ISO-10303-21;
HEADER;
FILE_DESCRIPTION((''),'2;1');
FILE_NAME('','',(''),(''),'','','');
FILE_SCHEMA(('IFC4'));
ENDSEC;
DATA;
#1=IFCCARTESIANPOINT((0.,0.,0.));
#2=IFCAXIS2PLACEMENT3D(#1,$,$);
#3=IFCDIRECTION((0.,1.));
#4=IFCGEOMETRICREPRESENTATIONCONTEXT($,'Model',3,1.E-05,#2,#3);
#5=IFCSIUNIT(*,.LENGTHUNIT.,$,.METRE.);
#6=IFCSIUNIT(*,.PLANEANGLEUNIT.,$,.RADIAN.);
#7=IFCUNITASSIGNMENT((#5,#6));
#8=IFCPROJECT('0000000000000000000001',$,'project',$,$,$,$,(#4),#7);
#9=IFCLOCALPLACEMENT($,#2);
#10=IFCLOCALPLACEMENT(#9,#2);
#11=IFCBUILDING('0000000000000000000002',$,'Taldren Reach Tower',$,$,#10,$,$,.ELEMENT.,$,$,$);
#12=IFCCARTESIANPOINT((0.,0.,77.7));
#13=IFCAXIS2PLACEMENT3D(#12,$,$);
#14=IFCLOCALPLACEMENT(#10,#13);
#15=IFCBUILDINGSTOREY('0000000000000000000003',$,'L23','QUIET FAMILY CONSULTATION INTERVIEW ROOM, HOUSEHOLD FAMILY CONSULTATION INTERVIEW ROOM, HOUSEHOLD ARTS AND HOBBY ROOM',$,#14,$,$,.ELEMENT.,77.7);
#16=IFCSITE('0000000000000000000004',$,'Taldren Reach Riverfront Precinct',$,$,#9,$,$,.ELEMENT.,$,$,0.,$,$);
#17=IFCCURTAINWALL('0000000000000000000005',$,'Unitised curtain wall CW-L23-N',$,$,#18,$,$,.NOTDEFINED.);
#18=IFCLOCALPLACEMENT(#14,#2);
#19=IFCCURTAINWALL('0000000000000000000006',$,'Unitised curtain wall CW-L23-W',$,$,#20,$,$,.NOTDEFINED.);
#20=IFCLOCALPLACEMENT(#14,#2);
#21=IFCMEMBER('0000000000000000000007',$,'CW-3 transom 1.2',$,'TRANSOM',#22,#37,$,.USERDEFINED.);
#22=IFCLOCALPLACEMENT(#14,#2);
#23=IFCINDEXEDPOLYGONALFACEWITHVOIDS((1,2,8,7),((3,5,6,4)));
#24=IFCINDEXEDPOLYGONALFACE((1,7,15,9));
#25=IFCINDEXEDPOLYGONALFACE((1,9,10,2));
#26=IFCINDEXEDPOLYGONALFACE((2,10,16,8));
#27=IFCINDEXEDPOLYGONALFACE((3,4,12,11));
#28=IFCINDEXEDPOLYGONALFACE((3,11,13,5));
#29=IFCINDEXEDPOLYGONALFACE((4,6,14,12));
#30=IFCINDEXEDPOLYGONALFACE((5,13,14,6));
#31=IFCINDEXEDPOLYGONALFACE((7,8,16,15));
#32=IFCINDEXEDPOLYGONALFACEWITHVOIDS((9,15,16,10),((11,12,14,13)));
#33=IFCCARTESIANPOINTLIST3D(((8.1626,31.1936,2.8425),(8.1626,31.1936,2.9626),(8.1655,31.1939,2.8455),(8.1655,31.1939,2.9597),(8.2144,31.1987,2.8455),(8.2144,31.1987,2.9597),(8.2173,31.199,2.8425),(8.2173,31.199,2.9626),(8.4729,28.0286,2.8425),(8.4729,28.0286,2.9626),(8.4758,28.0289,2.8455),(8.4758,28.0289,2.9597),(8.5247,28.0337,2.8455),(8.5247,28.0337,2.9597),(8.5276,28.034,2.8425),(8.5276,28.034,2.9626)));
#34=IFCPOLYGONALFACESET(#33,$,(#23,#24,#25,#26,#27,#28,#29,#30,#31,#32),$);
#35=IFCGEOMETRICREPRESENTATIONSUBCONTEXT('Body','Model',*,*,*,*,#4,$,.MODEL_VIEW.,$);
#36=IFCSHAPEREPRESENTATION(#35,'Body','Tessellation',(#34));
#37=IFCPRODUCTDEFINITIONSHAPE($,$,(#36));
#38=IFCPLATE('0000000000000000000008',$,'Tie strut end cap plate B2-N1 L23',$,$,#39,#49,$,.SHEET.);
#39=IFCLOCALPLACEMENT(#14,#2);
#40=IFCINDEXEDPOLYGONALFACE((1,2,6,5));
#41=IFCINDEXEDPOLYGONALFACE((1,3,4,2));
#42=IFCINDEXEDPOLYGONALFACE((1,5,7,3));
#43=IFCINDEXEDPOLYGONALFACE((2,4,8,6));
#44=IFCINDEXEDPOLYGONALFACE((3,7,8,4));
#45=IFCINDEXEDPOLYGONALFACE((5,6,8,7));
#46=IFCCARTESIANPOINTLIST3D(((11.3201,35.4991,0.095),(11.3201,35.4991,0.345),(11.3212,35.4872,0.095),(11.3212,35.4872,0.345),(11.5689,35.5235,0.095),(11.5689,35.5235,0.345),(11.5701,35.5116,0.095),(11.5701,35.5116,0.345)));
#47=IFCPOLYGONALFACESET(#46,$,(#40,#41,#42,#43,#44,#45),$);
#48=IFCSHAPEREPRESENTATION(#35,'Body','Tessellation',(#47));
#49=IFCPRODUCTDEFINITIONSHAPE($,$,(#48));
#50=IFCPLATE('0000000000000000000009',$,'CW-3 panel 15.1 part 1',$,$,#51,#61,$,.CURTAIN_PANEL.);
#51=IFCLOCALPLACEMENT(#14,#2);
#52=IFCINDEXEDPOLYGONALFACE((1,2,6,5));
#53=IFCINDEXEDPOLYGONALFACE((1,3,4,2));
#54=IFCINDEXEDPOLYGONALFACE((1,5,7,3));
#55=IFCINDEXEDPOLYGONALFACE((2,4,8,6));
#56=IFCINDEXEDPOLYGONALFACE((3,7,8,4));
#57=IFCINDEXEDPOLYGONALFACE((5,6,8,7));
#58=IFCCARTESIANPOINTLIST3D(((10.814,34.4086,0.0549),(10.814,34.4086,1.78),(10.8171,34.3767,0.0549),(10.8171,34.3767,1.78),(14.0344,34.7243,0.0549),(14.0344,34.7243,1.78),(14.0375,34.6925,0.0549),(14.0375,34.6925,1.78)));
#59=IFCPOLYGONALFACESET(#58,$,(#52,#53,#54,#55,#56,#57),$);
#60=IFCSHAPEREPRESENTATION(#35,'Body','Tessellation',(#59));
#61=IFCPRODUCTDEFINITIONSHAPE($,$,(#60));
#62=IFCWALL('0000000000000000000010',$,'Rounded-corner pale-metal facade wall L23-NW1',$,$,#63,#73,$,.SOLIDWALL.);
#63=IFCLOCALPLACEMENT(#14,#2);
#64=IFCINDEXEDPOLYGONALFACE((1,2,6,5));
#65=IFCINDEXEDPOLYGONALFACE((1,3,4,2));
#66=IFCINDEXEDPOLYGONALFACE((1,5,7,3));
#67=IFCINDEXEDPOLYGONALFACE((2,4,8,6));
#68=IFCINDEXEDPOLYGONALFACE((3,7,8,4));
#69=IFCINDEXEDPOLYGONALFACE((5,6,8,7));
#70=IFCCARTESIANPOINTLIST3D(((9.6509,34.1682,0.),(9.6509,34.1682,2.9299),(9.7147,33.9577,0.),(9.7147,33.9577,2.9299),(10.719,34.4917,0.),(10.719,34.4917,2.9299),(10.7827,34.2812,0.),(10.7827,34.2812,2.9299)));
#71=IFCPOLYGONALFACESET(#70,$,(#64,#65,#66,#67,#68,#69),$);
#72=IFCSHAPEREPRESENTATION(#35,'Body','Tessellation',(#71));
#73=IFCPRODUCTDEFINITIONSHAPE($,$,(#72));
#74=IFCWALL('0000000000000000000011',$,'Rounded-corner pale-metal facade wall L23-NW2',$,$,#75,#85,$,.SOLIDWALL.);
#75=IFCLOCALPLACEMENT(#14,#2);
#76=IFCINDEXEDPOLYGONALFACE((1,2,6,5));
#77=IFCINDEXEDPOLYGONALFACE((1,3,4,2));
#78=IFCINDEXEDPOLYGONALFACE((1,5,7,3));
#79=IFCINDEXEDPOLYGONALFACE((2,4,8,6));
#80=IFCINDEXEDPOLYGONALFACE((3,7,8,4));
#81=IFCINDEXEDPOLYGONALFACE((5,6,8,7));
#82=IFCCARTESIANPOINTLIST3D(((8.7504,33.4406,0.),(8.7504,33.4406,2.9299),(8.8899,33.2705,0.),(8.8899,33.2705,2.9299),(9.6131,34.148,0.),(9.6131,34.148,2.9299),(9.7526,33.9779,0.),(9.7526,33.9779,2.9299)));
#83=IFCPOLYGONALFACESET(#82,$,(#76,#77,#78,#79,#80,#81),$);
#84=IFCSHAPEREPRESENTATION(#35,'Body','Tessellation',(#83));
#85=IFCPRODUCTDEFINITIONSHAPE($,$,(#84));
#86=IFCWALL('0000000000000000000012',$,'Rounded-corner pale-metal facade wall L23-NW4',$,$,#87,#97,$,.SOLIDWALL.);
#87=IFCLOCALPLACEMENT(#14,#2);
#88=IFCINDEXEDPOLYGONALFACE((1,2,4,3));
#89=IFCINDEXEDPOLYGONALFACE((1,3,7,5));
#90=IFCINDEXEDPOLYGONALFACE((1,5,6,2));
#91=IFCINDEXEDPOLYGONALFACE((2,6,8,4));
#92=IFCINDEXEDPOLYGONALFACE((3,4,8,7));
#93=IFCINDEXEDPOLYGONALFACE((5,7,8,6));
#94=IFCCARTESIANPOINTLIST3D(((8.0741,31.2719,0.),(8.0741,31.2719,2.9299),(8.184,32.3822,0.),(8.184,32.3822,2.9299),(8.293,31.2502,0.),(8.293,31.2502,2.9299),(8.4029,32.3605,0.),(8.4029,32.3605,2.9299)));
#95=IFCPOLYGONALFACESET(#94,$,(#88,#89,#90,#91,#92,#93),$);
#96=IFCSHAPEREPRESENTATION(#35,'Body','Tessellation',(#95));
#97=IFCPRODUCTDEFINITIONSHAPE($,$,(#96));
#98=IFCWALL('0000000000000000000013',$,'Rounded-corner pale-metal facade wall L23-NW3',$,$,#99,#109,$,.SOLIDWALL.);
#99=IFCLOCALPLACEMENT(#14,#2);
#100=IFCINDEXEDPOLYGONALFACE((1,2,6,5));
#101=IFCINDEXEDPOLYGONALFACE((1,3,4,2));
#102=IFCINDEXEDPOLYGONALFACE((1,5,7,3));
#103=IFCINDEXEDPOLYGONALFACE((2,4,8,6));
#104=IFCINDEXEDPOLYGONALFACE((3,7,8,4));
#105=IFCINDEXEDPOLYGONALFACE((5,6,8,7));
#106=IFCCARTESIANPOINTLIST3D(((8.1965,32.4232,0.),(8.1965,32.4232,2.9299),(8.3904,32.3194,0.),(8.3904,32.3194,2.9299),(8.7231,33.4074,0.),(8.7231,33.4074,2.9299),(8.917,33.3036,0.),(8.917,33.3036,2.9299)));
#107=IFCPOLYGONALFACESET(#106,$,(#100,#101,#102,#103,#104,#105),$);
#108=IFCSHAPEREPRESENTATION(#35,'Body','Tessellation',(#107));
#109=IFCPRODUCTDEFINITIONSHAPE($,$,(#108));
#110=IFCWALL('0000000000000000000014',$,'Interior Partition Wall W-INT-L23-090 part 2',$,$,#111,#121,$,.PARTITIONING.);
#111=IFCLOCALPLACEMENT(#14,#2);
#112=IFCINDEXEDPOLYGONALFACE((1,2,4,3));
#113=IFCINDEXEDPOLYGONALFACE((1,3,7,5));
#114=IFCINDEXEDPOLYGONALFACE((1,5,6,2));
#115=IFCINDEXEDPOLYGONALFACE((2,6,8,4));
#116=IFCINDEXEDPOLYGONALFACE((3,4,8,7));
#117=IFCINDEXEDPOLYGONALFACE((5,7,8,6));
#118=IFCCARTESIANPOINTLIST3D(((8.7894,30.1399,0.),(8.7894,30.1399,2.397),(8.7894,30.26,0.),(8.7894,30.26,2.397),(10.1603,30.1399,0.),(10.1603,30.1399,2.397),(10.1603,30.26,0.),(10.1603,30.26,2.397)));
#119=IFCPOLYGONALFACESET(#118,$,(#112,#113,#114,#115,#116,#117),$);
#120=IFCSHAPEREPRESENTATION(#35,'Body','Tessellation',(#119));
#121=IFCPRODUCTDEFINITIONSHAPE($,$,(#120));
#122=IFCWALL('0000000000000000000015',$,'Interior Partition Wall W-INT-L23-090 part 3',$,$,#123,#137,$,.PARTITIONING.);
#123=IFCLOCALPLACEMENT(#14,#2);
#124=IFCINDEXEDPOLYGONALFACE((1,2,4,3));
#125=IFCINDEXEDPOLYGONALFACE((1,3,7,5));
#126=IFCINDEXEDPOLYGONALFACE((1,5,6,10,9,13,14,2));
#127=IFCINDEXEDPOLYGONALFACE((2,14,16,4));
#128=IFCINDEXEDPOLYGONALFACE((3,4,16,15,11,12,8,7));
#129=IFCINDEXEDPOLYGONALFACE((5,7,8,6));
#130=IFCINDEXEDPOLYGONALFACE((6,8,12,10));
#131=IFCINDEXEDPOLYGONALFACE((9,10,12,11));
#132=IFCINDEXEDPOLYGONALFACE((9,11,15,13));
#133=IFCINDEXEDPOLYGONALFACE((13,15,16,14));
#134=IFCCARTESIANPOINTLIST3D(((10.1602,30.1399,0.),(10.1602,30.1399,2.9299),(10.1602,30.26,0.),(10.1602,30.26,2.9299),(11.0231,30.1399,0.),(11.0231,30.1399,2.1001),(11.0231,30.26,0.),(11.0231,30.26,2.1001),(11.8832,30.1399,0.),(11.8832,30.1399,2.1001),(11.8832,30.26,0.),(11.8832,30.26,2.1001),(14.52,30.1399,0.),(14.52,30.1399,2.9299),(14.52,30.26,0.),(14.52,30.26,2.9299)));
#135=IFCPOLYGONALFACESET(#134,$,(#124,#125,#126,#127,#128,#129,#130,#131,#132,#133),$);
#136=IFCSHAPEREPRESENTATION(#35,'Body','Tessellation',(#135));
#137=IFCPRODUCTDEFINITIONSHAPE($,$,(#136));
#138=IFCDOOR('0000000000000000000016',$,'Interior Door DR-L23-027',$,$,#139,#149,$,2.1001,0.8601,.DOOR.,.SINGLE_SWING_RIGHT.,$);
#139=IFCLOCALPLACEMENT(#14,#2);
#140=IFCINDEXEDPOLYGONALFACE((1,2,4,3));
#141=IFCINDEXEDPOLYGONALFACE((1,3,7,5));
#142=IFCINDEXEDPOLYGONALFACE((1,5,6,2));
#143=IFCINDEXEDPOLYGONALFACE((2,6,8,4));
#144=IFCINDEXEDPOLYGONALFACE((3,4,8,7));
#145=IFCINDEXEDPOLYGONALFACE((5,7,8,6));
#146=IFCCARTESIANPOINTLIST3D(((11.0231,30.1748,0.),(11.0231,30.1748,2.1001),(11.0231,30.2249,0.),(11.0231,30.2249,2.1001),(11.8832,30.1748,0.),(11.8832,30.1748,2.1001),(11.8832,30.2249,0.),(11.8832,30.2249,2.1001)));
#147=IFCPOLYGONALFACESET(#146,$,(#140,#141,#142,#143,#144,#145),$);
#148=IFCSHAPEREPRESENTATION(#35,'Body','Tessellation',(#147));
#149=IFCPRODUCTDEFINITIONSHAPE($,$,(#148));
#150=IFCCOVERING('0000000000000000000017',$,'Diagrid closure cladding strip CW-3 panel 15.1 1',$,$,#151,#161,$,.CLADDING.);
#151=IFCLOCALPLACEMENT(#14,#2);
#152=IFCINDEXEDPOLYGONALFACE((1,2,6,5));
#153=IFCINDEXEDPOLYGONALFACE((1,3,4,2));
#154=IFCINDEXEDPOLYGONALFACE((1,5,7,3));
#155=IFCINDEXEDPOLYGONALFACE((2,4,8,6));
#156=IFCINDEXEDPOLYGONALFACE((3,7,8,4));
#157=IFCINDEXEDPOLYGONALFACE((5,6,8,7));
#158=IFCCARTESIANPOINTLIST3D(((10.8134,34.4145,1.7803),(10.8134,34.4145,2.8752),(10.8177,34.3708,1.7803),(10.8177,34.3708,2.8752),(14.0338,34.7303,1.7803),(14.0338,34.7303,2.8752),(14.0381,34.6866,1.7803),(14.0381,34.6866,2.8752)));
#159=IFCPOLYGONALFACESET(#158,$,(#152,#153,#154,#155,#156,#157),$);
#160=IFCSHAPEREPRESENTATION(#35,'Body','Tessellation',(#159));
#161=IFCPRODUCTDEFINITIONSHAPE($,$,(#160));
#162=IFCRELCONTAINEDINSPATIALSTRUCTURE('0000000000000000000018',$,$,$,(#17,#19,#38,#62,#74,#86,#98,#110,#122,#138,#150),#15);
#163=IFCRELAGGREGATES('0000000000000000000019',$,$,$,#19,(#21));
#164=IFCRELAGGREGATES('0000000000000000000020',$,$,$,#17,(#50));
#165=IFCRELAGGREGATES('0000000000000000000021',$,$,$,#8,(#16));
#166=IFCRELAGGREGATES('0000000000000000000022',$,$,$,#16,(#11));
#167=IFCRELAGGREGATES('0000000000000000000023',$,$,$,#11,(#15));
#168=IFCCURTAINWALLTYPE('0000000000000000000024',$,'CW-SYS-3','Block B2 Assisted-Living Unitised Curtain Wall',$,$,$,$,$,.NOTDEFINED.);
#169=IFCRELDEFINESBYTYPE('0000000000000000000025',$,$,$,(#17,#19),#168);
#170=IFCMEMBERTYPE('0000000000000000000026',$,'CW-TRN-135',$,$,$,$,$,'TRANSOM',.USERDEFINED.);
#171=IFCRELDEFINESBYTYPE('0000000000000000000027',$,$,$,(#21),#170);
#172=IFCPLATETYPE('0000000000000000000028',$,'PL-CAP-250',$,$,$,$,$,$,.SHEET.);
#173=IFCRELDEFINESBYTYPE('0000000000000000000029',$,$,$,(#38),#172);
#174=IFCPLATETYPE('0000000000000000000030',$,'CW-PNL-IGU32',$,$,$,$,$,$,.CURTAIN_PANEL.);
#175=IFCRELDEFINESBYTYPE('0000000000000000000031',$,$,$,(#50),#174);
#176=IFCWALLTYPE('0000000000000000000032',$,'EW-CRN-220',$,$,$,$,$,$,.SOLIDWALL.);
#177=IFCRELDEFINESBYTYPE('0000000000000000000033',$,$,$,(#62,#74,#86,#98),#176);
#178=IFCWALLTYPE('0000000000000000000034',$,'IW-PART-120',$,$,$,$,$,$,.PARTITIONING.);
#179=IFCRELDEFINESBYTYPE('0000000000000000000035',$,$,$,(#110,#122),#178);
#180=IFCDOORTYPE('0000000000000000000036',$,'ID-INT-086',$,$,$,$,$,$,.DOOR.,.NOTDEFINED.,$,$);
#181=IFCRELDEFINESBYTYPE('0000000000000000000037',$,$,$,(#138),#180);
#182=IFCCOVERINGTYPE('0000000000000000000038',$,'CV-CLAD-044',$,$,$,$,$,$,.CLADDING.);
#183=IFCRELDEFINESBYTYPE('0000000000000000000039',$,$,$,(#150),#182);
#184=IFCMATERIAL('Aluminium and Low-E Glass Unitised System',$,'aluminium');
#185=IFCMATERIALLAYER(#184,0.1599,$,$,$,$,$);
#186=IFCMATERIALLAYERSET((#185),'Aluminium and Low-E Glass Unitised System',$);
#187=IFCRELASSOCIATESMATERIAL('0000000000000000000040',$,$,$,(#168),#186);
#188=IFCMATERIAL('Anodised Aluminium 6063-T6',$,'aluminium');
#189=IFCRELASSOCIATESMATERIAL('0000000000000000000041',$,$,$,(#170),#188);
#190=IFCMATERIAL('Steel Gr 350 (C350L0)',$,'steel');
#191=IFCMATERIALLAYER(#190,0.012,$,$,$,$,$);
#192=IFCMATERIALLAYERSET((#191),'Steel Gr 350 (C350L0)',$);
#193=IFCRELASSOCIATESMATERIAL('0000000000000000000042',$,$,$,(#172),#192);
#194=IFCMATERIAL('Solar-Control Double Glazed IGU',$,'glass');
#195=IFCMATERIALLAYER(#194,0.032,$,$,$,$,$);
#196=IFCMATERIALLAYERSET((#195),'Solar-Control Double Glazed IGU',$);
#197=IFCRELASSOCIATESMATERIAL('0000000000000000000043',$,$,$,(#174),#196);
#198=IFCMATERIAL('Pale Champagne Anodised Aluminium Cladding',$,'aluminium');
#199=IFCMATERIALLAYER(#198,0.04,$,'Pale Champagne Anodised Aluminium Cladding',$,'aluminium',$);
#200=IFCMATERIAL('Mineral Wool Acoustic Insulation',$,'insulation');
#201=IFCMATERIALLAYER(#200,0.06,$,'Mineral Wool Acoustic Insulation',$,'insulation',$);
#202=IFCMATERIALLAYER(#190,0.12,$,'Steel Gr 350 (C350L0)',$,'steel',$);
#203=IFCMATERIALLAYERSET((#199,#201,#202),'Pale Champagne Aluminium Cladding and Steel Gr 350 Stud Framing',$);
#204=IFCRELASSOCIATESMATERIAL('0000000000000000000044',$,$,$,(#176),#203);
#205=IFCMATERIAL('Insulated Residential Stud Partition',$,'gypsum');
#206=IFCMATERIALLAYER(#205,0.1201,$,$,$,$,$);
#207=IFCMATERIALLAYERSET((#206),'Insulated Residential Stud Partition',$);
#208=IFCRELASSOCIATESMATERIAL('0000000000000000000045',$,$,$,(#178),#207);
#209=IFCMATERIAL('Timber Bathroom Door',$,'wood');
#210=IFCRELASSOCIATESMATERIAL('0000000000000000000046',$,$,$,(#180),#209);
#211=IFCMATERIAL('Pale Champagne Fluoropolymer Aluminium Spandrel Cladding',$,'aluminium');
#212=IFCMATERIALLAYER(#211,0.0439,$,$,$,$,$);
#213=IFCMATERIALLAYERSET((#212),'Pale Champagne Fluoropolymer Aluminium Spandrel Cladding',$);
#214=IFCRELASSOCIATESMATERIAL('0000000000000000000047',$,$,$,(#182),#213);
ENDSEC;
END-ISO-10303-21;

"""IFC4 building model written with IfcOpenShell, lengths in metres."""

from ifc_helpers import new_model, si_unit, direction, frame, frame_2d, origin, origin_2d, place, context, subcontext, project, spatial, rectangle, hollow_rectangle, extrude, source, transform, mapped, material, layer, layer_set, material_profile, profile_set, type_object, element, fill, aggregate, save


model = new_model("IFC4")

# Units and contexts
model_context = context("Model", 3, precision=1e-05, world=origin(), true_north=direction((0.0, 1.0)))
body_context = subcontext(model_context, "Body", "Model", "MODEL_VIEW")
ifc_project = project(units=[si_unit("LENGTHUNIT", "METRE"), si_unit("PLANEANGLEUNIT", "RADIAN")], contexts=[model_context])

# Site, building, storey
site_placement = place(None, origin())
site = spatial("IfcSite", under=ifc_project, at=site_placement, Name="Taldren Reach Riverfront Precinct", CompositionType="ELEMENT", RefElevation=0.0)
building_placement = place(site_placement, origin())
building = spatial("IfcBuilding", under=site, at=building_placement, Name="Taldren Reach Tower", CompositionType="ELEMENT")
storey_placement = place(building_placement, frame((0.0, 0.0, 77.7)))
storey = spatial("IfcBuildingStorey", under=building, at=storey_placement, Name="L23", Description="QUIET FAMILY CONSULTATION INTERVIEW ROOM, HOUSEHOLD FAMILY CONSULTATION INTERVIEW ROOM, HOUSEHOLD ARTS AND HOBBY ROOM", CompositionType="ELEMENT", Elevation=77.7)

# Shared definitions
ifc_material_1 = material(Name="Steel Gr 350 (C350L0)", Category="steel")

# Curtain wall
ifc_material_2 = material(Name="Aluminium and Low-E Glass Unitised System", Category="aluminium")
ifc_layer_1 = layer(ifc_material_2, 0.1599)
ifc_layer_set_1 = layer_set([ifc_layer_1], Name="Aluminium and Low-E Glass Unitised System")
curtain_wall_type = type_object("IfcCurtainWallType", Name="CW-SYS-3", Description="Block B2 Assisted-Living Unitised Curtain Wall", PredefinedType="NOTDEFINED", material=ifc_layer_set_1)
curtain_wall_1_placement = place(storey_placement, origin())
curtain_wall_1 = element("IfcCurtainWall", 1, at=curtain_wall_1_placement, inside=storey, type_object=curtain_wall_type, Name="Unitised curtain wall CW-L23-N", PredefinedType="NOTDEFINED")
ifc_material_3 = material(Name="Anodised Aluminium 6063-T6", Category="aluminium")

# Curtain wall, member
curtain_wall_2_placement = place(storey_placement, origin())
curtain_wall_2 = element("IfcCurtainWall", 2, at=curtain_wall_2_placement, inside=storey, type_object=curtain_wall_type, Name="Unitised curtain wall CW-L23-W", PredefinedType="NOTDEFINED")
ifc_material_profile_1 = material_profile(ifc_material_3, hollow_rectangle(XDim=0.0549, YDim=0.1201, WallThickness=0.0029, at=origin_2d()), Name="ALU-120x55x3RHS")
ifc_profile_set_1 = profile_set([ifc_material_profile_1], Name="Anodised Aluminium 6063-T6")
member_type_1 = type_object("IfcMemberType", Name="CW-TRN-135", ElementType="TRANSOM", PredefinedType="USERDEFINED", material=ifc_profile_set_1)
shared_shape_1 = source(origin(), body_context, "Body", "SweptSolid", [
    extrude(hollow_rectangle(XDim=0.0549, YDim=0.1201, WallThickness=0.0029, at=origin_2d()), origin(), (0.0, 0.0, 1.0), 3.1802),
])
member_1_placement = place(storey_placement, frame((8.1899, 31.1963, 2.9026), z_axis=(0.097573, -0.995228, 0.0), x_axis=(0.995228, 0.097573, 0.0)))
member_1 = element("IfcMember", 3, at=member_1_placement, type_object=member_type_1, Name="CW-3 transom 1.2", ObjectType="TRANSOM", PredefinedType="USERDEFINED", context=body_context, shape_type="MappedRepresentation", body=[
    mapped(shared_shape_1, transform((0.0, 0.0, 0.0), scale=1.0)),
])
aggregate(curtain_wall_2, [member_1])

# Plates
ifc_layer_2 = layer(ifc_material_1, 0.012)
ifc_layer_set_2 = layer_set([ifc_layer_2], Name="Steel Gr 350 (C350L0)")
plate_type_1 = type_object("IfcPlateType", Name="PL-CAP-250", PredefinedType="SHEET", material=ifc_layer_set_2)
shared_shape_2 = source(origin(), body_context, "Body", "SweptSolid", [
    extrude(rectangle(XDim=0.25, YDim=0.012, at=origin_2d()), origin(), (0.0, 0.0, 1.0), 0.25),
])
plate_1_placement = place(storey_placement, frame((11.4451, 35.5054, 0.095), z_axis=(0.0, 0.0, 1.0), x_axis=(0.995227, 0.097583, 0.0)))
element("IfcPlate", 4, at=plate_1_placement, inside=storey, type_object=plate_type_1, Name="Tie strut end cap plate B2-N1 L23", PredefinedType="SHEET", context=body_context, shape_type="MappedRepresentation", body=[
    mapped(shared_shape_2, transform((0.0, 0.0, 0.0), scale=1.0)),
])
ifc_material_4 = material(Name="Solar-Control Double Glazed IGU", Category="glass")
ifc_layer_3 = layer(ifc_material_4, 0.032)
ifc_layer_set_3 = layer_set([ifc_layer_3], Name="Solar-Control Double Glazed IGU")
plate_type_2 = type_object("IfcPlateType", Name="CW-PNL-IGU32", PredefinedType="CURTAIN_PANEL", material=ifc_layer_set_3)
shared_shape_3 = source(origin(), body_context, "Body", "SweptSolid", [
    extrude(rectangle(XDim=3.2358, YDim=0.032, at=origin_2d()), origin(), (0.0, 0.0, 1.0), 1.7251),
])
plate_2_placement = place(storey_placement, frame((12.4258, 34.5505, 0.0549), z_axis=(0.0, 0.0, 1.0), x_axis=(-0.995227, -0.097583, 0.0)))
plate_2 = element("IfcPlate", 5, at=plate_2_placement, type_object=plate_type_2, Name="CW-3 panel 15.1 part 1", PredefinedType="CURTAIN_PANEL", context=body_context, shape_type="MappedRepresentation", body=[
    mapped(shared_shape_3, transform((0.0, 0.0, 0.0), scale=1.0)),
])
aggregate(curtain_wall_1, [plate_2])

# Walls
ifc_material_5 = material(Name="Pale Champagne Anodised Aluminium Cladding", Category="aluminium")
ifc_layer_4 = layer(ifc_material_5, 0.04, Name="Pale Champagne Anodised Aluminium Cladding", Category="aluminium")
ifc_material_6 = material(Name="Mineral Wool Acoustic Insulation", Category="insulation")
ifc_layer_5 = layer(ifc_material_6, 0.06, Name="Mineral Wool Acoustic Insulation", Category="insulation")
ifc_layer_6 = layer(ifc_material_1, 0.12, Name="Steel Gr 350 (C350L0)", Category="steel")
ifc_layer_set_4 = layer_set([ifc_layer_4, ifc_layer_5, ifc_layer_6], Name="Pale Champagne Aluminium Cladding and Steel Gr 350 Stud Framing")
wall_type_1 = type_object("IfcWallType", Name="EW-CRN-220", PredefinedType="SOLIDWALL", material=ifc_layer_set_4)
shared_shape_4 = source(origin(), body_context, "Body", "SweptSolid", [
    extrude(rectangle(XDim=1.116, YDim=0.22, at=frame_2d((0.5581, 0.0))), origin(), (0.0, 0.0, 1.0), 2.9299),
])
wall_1_placement = place(storey_placement, frame((10.751, 34.3865, 0.0), z_axis=(0.0, 0.0, 1.0), x_axis=(-0.95707, -0.289856, 0.0)))
element("IfcWall", 6, at=wall_1_placement, inside=storey, type_object=wall_type_1, Name="Rounded-corner pale-metal facade wall L23-NW1", PredefinedType="SOLIDWALL", context=body_context, shape_type="MappedRepresentation", body=[
    mapped(shared_shape_4, transform((0.0, 0.0, 0.0), scale=1.0)),
])
shared_shape_5 = source(origin(), body_context, "Body", "SweptSolid", [
    extrude(rectangle(XDim=1.1157, YDim=0.22, at=frame_2d((0.5579, 0.0))), origin(), (0.0, 0.0, 1.0), 2.9299),
])
for number, where, z_axis, x_axis, name in (
    (7, (9.6829, 34.063, 0.0), (0.0, 0.0, 1.0), (-0.773255, -0.634095, 0.0), "Rounded-corner pale-metal facade wall L23-NW2"),
    (8, (8.2935, 32.3713, 0.0), (0.0, 0.0, 1.0), (-0.098464, -0.995141, 0.0), "Rounded-corner pale-metal facade wall L23-NW4"),
):
    element("IfcWall", number, at=place(storey_placement, frame(where, z_axis=z_axis, x_axis=x_axis)), inside=storey, type_object=wall_type_1, Name=name, PredefinedType="SOLIDWALL", context=body_context, shape_type="MappedRepresentation", body=[
        mapped(shared_shape_5, transform((0.0, 0.0, 0.0), scale=1.0)),
    ])
shared_shape_6 = source(origin(), body_context, "Body", "SweptSolid", [
    extrude(rectangle(XDim=1.1162, YDim=0.22, at=frame_2d((0.5581, 0.0))), origin(), (0.0, 0.0, 1.0), 2.9299),
])
wall_2_placement = place(storey_placement, frame((8.8201, 33.3555, 0.0), z_axis=(0.0, 0.0, 1.0), x_axis=(-0.471803, -0.881704, 0.0)))
element("IfcWall", 9, at=wall_2_placement, inside=storey, type_object=wall_type_1, Name="Rounded-corner pale-metal facade wall L23-NW3", PredefinedType="SOLIDWALL", context=body_context, shape_type="MappedRepresentation", body=[
    mapped(shared_shape_6, transform((0.0, 0.0, 0.0), scale=1.0)),
])
ifc_material_7 = material(Name="Insulated Residential Stud Partition", Category="gypsum")
ifc_layer_7 = layer(ifc_material_7, 0.1201)
ifc_layer_set_5 = layer_set([ifc_layer_7], Name="Insulated Residential Stud Partition")
wall_type_2 = type_object("IfcWallType", Name="IW-PART-120", PredefinedType="PARTITIONING", material=ifc_layer_set_5)
shared_shape_7 = source(origin(), body_context, "Body", "SweptSolid", [
    extrude(rectangle(XDim=1.3708, YDim=0.1201, at=frame_2d((0.6855, 0.0))), origin(), (0.0, 0.0, 1.0), 2.397),
])
wall_3_placement = place(storey_placement, frame((8.7893, 30.2, 0.0), z_axis=(0.0, 0.0, 1.0), x_axis=(1.0, 0.0, 0.0)))
element("IfcWall", 10, at=wall_3_placement, inside=storey, type_object=wall_type_2, Name="Interior Partition Wall W-INT-L23-090 part 2", PredefinedType="PARTITIONING", context=body_context, shape_type="MappedRepresentation", body=[
    mapped(shared_shape_7, transform((0.0, 0.0, 0.0), scale=1.0)),
])

# Wall, opening, door
shared_shape_8 = source(origin(), body_context, "Body", "SweptSolid", [
    extrude(rectangle(XDim=4.3599, YDim=0.1201, at=frame_2d((2.1799, 0.0))), origin(), (0.0, 0.0, 1.0), 2.9299),
])
wall_4_placement = place(storey_placement, frame((10.1602, 30.2, 0.0), z_axis=(0.0, 0.0, 1.0), x_axis=(1.0, 0.0, 0.0)))
wall_4 = element("IfcWall", 11, at=wall_4_placement, inside=storey, type_object=wall_type_2, Name="Interior Partition Wall W-INT-L23-090 part 3", PredefinedType="PARTITIONING", context=body_context, shape_type="MappedRepresentation", body=[
    mapped(shared_shape_8, transform((0.0, 0.0, 0.0), scale=1.0)),
])
shared_shape_9 = source(origin(), body_context, "Body", "SweptSolid", [
    extrude(rectangle(XDim=0.8601, YDim=2.1001, at=frame_2d((0.4302, 1.05))), frame((0.0, 0.0701, 0.0), z_axis=(0.0, -1.0, 0.0), x_axis=(1.0, 0.0, 0.0)), (0.0, 0.0, 1.0), 0.1401),
])
opening_placement = place(wall_4_placement, frame((0.8628, 0.0, 0.0)))
opening = element("IfcOpeningElement", 12, at=opening_placement, cuts=wall_4, PredefinedType="OPENING", context=body_context, shape_type="MappedRepresentation", body=[
    mapped(shared_shape_9, transform((0.0, 0.0, 0.0), scale=1.0)),
])
ifc_material_8 = material(Name="Timber Bathroom Door", Category="wood")
door_type = type_object("IfcDoorType", Name="ID-INT-086", OperationType="NOTDEFINED", PredefinedType="DOOR", material=ifc_material_8)
shared_shape_10 = source(origin(), body_context, "Body", "SweptSolid", [
    extrude(rectangle(XDim=0.8601, YDim=2.1001, at=frame_2d((0.4302, 1.05))), frame((0.0, 0.0249, 0.0), z_axis=(0.0, -1.0, 0.0), x_axis=(1.0, 0.0, 0.0)), (0.0, 0.0, 1.0), 0.05),
])
door_placement = place(opening_placement, origin())
door = element("IfcDoor", 13, at=door_placement, inside=storey, type_object=door_type, Name="Interior Door DR-L23-027", OperationType="SINGLE_SWING_RIGHT", OverallHeight=2.1001, OverallWidth=0.8601, PredefinedType="DOOR", context=body_context, shape_type="MappedRepresentation", body=[
    mapped(shared_shape_10, transform((0.0, 0.0, 0.0), scale=1.0)),
])
fill(opening, door)

# Covering
ifc_material_9 = material(Name="Pale Champagne Fluoropolymer Aluminium Spandrel Cladding", Category="aluminium")
ifc_layer_8 = layer(ifc_material_9, 0.0439)
ifc_layer_set_6 = layer_set([ifc_layer_8], Name="Pale Champagne Fluoropolymer Aluminium Spandrel Cladding")
covering_type = type_object("IfcCoveringType", Name="CV-CLAD-044", PredefinedType="CLADDING", material=ifc_layer_set_6)
shared_shape_11 = source(origin(), body_context, "Body", "SweptSolid", [
    extrude(rectangle(XDim=3.2358, YDim=0.0439, at=origin_2d()), origin(), (0.0, 0.0, 1.0), 1.095),
])
covering_placement = place(storey_placement, frame((12.4258, 34.5505, 1.7803), z_axis=(0.0, 0.0, 1.0), x_axis=(-0.995227, -0.097583, 0.0)))
element("IfcCovering", 14, at=covering_placement, inside=storey, type_object=covering_type, Name="Diagrid closure cladding strip CW-3 panel 15.1 1", PredefinedType="CLADDING", context=body_context, shape_type="MappedRepresentation", body=[
    mapped(shared_shape_11, transform((0.0, 0.0, 0.0), scale=1.0)),
])

save(model, "model.ifc")
